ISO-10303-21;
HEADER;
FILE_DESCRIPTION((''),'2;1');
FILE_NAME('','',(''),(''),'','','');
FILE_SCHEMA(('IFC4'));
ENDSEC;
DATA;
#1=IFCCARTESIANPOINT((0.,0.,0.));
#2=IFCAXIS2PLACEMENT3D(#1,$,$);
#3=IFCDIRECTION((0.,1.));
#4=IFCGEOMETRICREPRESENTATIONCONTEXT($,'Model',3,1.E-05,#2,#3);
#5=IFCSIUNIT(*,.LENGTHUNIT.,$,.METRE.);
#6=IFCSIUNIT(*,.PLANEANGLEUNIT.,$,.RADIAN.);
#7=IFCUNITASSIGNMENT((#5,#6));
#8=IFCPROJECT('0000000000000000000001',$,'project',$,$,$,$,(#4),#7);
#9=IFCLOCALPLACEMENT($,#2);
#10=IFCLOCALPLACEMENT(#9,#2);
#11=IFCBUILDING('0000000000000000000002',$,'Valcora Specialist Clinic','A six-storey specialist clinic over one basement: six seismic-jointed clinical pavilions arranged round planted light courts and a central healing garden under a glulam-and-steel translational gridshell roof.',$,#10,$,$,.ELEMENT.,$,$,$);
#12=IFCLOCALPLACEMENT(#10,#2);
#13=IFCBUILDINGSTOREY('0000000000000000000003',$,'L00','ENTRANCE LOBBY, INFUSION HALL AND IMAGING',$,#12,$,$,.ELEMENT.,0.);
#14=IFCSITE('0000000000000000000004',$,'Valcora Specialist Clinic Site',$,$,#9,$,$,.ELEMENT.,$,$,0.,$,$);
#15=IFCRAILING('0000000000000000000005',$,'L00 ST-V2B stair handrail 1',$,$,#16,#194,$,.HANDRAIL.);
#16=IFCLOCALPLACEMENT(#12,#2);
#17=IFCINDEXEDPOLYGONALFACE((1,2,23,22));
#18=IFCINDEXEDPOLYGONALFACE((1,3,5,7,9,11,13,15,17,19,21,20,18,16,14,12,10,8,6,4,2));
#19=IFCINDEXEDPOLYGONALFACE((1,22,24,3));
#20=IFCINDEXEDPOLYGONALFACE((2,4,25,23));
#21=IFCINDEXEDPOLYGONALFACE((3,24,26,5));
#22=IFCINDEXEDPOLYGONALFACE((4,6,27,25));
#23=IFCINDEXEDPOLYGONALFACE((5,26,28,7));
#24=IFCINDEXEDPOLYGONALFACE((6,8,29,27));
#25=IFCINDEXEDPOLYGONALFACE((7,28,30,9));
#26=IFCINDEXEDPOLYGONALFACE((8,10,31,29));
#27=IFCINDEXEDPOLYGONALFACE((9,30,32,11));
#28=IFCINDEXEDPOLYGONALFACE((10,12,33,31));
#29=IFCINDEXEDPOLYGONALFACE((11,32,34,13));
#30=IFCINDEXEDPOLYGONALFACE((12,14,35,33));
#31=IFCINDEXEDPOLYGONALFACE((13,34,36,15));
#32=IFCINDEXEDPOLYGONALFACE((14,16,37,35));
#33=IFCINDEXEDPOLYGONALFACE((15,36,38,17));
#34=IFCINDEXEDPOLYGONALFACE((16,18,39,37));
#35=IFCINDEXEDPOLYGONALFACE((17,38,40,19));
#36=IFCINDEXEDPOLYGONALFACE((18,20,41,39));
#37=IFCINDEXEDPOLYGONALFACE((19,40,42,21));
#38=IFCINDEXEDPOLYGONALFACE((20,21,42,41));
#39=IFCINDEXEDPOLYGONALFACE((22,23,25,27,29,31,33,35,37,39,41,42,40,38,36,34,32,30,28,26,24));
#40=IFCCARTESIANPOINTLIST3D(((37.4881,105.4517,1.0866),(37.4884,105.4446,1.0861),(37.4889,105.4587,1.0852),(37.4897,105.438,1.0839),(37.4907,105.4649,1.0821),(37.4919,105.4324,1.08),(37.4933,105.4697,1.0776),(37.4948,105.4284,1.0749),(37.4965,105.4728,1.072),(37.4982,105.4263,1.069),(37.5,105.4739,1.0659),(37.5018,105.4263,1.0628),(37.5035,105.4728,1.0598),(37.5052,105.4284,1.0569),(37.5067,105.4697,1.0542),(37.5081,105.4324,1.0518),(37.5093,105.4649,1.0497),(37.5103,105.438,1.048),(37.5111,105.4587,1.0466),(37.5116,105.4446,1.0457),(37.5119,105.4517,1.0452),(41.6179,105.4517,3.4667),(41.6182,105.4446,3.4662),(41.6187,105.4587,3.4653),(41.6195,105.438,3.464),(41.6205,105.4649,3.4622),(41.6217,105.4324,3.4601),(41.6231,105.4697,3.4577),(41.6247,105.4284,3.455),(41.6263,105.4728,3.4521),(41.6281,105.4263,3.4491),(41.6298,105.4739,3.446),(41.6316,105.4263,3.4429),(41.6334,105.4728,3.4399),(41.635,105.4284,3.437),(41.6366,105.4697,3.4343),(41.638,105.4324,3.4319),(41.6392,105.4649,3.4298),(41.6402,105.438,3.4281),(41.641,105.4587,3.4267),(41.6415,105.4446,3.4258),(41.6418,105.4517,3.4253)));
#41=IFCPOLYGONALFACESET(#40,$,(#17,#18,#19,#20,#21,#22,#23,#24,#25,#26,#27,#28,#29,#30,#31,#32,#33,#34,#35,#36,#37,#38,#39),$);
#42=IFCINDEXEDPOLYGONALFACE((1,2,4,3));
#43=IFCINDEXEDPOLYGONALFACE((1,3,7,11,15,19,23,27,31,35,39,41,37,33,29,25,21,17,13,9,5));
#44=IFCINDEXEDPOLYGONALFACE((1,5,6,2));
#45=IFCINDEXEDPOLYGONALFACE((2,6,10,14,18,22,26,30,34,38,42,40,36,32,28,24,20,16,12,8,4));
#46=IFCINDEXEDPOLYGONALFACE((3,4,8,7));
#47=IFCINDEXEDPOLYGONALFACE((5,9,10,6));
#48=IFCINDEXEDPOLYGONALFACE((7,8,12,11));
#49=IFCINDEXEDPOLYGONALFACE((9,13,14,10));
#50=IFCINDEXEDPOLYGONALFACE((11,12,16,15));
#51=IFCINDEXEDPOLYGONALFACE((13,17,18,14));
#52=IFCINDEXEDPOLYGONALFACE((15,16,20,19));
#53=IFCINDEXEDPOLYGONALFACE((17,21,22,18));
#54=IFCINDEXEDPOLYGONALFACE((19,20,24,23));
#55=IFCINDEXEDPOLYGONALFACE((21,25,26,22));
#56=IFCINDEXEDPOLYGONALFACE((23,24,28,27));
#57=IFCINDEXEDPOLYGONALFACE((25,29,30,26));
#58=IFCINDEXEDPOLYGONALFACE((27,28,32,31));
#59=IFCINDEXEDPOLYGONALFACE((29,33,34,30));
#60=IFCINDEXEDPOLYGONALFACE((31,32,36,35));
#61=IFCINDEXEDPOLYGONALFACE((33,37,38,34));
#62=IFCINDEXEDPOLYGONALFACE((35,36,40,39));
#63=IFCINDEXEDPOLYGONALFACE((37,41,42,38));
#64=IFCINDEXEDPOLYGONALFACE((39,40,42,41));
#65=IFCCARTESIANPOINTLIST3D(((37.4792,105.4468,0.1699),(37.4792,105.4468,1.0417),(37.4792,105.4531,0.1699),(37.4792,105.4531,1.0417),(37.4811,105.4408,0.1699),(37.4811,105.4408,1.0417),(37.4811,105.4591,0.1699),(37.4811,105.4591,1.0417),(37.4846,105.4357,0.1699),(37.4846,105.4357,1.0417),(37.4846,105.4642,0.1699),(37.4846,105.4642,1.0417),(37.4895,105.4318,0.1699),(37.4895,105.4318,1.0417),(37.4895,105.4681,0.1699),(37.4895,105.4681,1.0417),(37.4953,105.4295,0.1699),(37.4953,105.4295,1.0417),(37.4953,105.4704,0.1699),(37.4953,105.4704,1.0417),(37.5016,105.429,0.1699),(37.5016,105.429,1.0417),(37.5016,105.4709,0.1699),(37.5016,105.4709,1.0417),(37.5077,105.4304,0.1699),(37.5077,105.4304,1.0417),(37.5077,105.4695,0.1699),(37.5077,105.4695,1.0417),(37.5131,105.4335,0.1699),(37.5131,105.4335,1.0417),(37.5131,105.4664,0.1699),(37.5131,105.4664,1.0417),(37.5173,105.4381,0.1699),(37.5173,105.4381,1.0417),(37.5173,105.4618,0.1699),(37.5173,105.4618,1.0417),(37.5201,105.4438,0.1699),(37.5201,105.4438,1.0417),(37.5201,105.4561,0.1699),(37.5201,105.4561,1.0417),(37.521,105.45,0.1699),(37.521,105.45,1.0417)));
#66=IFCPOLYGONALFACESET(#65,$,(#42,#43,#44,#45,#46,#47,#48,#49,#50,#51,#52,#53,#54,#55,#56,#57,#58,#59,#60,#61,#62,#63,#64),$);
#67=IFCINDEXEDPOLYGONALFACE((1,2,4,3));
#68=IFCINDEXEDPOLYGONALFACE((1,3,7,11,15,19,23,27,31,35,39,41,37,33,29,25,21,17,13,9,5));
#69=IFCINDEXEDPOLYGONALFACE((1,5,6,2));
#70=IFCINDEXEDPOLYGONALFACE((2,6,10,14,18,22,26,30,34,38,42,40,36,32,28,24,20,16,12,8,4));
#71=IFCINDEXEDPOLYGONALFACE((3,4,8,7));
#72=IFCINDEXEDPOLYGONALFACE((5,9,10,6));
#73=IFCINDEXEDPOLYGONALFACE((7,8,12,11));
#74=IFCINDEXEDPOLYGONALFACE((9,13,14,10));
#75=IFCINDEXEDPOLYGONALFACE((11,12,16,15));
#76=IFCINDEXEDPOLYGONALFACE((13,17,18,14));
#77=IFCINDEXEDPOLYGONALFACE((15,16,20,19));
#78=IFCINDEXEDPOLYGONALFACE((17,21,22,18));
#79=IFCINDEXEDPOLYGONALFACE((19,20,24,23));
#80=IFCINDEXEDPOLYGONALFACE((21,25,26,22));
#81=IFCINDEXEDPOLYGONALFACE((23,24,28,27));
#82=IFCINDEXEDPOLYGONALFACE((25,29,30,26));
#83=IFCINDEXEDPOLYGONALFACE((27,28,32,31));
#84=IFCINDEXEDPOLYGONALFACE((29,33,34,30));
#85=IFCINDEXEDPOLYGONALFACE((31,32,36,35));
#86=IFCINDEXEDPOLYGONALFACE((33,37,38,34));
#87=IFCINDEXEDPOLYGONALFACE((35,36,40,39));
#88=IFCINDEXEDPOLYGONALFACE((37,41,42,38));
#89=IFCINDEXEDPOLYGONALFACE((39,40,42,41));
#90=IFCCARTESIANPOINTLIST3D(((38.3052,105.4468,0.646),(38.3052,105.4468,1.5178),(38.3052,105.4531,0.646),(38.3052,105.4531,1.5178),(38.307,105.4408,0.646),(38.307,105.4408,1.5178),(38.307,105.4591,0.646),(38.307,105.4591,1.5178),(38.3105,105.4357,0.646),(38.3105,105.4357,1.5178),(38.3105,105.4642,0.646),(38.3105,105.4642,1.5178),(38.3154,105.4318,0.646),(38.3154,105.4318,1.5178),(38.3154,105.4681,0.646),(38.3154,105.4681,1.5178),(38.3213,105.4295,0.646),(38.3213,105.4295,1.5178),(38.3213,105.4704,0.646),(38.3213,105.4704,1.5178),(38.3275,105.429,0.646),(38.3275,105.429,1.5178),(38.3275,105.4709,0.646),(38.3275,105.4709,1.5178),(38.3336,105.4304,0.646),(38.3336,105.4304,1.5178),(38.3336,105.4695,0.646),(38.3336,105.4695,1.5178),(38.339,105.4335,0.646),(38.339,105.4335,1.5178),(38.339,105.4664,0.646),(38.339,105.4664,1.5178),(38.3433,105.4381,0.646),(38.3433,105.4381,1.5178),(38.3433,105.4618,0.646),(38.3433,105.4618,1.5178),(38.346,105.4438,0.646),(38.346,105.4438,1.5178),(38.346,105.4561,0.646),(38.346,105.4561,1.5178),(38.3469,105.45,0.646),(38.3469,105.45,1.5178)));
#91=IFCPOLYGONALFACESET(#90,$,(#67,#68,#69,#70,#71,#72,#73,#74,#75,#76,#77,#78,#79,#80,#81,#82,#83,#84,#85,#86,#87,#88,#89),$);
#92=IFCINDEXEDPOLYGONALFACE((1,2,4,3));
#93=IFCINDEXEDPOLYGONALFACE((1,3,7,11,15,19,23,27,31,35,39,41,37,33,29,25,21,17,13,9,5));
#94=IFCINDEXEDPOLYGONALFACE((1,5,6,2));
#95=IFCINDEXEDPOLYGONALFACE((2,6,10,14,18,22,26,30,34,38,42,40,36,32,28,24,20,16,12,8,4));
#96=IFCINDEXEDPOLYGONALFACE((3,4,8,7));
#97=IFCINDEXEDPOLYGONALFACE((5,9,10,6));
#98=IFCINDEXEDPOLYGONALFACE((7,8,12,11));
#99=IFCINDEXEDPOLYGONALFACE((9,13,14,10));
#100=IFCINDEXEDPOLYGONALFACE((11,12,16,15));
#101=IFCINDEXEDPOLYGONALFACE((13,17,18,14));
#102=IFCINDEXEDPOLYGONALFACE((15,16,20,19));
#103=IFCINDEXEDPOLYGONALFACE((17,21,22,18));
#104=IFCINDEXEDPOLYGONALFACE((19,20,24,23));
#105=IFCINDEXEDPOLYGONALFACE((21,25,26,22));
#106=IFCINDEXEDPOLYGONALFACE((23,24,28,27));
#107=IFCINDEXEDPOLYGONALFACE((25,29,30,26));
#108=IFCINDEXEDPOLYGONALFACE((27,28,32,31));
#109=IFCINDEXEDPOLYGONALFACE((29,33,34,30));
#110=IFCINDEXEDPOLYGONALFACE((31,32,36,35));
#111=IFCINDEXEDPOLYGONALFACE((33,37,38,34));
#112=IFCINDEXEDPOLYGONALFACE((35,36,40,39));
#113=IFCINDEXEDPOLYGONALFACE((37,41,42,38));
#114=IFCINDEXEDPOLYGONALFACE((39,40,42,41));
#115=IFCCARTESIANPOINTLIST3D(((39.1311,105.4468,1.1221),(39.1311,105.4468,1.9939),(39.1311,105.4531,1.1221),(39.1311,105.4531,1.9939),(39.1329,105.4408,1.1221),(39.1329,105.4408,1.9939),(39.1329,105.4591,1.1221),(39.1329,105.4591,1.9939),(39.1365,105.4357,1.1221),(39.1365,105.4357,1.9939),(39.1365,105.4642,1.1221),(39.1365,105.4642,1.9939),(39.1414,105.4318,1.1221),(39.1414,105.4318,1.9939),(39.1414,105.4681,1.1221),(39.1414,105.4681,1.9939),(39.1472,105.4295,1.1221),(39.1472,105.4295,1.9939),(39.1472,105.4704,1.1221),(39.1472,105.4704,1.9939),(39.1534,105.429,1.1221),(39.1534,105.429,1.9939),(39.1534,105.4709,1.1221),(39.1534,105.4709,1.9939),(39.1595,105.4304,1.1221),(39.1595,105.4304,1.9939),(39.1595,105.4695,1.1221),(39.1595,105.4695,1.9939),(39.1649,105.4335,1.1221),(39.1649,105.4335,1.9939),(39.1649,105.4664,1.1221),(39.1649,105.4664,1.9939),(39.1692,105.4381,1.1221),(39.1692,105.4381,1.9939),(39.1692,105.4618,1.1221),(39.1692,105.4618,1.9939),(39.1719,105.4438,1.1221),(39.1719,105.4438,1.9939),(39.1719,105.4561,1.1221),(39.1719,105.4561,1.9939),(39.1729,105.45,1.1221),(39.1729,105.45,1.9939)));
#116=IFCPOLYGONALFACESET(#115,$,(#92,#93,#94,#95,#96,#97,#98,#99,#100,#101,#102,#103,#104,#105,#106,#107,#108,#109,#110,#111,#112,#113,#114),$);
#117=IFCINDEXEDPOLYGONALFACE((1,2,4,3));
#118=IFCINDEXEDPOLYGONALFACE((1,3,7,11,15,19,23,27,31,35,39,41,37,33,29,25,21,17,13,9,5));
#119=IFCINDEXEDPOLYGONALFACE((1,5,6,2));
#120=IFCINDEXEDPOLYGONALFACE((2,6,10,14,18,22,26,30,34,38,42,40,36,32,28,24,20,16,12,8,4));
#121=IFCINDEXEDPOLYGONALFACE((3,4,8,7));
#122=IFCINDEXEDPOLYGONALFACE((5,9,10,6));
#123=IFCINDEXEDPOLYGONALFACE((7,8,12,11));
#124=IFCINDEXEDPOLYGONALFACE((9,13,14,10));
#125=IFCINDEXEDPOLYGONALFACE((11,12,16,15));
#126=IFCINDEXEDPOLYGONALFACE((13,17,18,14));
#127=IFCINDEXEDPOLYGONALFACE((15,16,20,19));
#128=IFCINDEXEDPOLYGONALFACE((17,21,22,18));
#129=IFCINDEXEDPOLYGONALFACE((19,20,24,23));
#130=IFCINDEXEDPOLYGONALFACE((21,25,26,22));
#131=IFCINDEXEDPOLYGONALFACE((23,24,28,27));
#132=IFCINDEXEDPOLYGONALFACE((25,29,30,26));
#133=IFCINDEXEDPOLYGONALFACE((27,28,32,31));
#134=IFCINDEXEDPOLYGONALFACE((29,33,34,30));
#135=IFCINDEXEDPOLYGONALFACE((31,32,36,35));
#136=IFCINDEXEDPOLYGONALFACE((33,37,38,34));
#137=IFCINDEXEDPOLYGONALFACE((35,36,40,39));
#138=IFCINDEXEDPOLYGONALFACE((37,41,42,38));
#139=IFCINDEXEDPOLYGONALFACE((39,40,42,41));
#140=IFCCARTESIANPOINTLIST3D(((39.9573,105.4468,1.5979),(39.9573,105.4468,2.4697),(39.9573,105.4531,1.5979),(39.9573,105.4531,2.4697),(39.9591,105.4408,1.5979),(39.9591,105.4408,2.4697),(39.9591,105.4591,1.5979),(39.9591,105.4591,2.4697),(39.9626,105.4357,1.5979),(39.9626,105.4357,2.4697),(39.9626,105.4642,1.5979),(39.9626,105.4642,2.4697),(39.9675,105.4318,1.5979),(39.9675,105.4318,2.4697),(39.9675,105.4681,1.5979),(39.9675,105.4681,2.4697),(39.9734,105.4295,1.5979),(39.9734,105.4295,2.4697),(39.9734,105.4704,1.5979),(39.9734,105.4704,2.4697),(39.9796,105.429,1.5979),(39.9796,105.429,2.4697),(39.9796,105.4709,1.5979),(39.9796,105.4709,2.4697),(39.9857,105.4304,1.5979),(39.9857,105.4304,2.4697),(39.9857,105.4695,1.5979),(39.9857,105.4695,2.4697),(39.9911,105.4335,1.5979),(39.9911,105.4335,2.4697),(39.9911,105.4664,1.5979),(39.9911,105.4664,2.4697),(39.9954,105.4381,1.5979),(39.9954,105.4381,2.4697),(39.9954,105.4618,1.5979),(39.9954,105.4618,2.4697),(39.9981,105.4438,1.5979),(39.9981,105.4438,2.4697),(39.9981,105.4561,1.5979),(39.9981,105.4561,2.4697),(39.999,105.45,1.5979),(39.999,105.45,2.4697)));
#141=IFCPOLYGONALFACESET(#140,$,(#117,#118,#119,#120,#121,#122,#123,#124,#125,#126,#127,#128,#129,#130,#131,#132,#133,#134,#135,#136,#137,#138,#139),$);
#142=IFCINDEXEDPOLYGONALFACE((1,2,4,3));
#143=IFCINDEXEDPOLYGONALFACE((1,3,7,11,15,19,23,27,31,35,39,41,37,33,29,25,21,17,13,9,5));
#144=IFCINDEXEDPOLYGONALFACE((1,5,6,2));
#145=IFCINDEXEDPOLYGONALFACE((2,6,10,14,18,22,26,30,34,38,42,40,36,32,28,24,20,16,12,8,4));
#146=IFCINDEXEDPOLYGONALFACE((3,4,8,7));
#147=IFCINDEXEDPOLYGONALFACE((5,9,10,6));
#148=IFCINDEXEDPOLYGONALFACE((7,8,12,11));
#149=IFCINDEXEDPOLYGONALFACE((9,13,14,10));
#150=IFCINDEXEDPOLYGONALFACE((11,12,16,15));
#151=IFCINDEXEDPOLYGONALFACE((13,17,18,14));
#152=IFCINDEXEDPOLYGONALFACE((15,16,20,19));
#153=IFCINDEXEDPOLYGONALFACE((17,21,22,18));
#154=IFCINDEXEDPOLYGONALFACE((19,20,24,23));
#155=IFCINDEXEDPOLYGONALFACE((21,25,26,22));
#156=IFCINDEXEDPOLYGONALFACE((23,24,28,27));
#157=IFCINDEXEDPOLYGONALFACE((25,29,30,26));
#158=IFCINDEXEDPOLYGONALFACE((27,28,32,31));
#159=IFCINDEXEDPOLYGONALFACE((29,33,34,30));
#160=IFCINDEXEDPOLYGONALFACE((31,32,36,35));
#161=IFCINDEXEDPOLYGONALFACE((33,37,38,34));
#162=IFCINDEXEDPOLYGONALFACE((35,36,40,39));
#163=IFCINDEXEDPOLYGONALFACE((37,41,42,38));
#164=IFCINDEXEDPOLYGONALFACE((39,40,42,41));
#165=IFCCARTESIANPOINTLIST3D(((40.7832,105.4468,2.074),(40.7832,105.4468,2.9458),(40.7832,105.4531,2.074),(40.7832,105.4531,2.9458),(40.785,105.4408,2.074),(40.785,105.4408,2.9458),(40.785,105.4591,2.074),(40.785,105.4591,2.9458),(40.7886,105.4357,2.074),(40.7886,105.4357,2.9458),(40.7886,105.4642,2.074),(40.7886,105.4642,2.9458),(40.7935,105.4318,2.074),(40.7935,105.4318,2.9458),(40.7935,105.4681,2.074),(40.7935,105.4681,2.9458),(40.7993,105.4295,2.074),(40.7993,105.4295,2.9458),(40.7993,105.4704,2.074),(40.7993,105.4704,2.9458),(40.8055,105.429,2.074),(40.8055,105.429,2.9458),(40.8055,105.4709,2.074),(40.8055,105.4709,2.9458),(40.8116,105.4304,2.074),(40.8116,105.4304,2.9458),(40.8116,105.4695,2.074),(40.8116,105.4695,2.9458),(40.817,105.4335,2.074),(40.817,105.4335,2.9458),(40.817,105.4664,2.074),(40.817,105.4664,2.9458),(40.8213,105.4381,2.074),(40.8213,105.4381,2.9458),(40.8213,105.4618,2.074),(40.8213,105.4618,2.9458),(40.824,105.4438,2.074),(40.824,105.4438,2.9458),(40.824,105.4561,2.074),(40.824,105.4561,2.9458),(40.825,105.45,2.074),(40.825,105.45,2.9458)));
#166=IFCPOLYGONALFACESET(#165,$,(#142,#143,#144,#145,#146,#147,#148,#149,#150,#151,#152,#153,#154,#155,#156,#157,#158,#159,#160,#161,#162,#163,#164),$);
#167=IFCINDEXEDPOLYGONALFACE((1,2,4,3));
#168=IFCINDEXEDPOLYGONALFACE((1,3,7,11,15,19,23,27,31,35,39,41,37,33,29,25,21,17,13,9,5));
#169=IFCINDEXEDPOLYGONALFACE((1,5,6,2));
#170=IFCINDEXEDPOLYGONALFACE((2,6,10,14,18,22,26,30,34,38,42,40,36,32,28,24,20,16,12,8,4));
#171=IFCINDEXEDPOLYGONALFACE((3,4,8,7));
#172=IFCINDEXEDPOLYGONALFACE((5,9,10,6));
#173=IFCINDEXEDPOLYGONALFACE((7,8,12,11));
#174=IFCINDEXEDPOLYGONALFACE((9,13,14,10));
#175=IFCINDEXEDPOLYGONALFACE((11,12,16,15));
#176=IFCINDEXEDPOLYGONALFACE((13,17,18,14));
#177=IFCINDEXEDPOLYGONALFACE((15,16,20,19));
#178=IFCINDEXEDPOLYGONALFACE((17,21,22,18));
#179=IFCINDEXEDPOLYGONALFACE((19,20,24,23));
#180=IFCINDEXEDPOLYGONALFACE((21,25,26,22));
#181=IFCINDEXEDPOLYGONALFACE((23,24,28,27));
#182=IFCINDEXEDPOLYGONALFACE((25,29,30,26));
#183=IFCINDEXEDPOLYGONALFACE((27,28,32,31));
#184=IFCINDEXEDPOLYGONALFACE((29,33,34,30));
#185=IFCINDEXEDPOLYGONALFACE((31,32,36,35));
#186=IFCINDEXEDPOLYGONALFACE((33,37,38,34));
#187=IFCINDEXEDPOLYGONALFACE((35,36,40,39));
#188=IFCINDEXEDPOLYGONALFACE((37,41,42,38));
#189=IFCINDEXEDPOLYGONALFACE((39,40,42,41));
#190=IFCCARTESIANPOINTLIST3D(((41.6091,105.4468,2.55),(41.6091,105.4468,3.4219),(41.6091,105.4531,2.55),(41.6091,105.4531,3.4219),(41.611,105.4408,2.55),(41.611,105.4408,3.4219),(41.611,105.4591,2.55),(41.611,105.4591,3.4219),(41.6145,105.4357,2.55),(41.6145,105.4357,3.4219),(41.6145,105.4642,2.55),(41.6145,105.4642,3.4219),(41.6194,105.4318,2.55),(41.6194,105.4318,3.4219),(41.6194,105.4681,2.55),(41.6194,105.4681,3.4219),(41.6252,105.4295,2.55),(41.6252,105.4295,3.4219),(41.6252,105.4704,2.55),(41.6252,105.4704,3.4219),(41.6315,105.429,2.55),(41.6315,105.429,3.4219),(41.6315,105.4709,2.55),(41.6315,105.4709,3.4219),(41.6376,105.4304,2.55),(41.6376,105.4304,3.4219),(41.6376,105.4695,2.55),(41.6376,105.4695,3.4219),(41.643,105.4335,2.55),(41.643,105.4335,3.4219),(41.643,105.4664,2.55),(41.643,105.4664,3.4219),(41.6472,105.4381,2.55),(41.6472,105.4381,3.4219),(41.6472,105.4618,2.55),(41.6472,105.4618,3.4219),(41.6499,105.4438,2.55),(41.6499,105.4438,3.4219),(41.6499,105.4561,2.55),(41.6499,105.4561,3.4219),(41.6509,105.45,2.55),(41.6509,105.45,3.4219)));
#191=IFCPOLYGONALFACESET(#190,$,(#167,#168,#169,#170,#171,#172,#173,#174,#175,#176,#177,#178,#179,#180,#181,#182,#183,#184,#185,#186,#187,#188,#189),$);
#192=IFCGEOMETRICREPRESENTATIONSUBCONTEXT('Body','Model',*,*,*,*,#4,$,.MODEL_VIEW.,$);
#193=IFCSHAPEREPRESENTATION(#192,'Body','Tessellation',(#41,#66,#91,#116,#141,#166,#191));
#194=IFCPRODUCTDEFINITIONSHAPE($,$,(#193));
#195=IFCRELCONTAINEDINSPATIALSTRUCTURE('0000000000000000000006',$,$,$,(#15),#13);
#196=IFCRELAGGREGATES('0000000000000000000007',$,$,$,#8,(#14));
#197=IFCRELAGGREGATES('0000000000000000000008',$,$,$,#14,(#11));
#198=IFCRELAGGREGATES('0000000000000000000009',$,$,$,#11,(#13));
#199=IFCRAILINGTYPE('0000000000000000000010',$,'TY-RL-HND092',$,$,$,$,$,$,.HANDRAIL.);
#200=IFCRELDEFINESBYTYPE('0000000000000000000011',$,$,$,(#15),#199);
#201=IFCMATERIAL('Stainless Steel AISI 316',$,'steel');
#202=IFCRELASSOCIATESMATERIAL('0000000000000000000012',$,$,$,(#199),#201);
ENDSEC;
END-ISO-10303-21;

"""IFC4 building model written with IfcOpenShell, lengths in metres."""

from ifc_helpers import new_model, si_unit, direction, frame, origin, origin_2d, place, context, subcontext, project, spatial, circle, extrude, material, type_object, element, save


model = new_model("IFC4")

# Units and contexts
model_context = context("Model", 3, precision=1e-05, world=origin(), true_north=direction((0.0, 1.0)))
body_context = subcontext(model_context, "Body", "Model", "MODEL_VIEW")
ifc_project = project(units=[si_unit("LENGTHUNIT", "METRE"), si_unit("PLANEANGLEUNIT", "RADIAN")], contexts=[model_context])

# Site, building, storey
site_placement = place(None, origin())
site = spatial("IfcSite", under=ifc_project, at=site_placement, Name="Valcora Specialist Clinic Site", CompositionType="ELEMENT", RefElevation=0.0)
building_placement = place(site_placement, origin())
building = spatial("IfcBuilding", under=site, at=building_placement, Name="Valcora Specialist Clinic", Description="A six-storey specialist clinic over one basement: six seismic-jointed clinical pavilions arranged round planted light courts and a central healing garden under a glulam-and-steel translational gridshell roof.", CompositionType="ELEMENT")
storey_placement = place(building_placement, origin())
storey = spatial("IfcBuildingStorey", under=building, at=storey_placement, Name="L00", Description="ENTRANCE LOBBY, INFUSION HALL AND IMAGING", CompositionType="ELEMENT", Elevation=0.0)

# Railing
ifc_material_1 = material(Name="Stainless Steel AISI 316", Category="steel")
railing_type_1 = type_object("IfcRailingType", Name="TY-RL-HND092", PredefinedType="HANDRAIL", material=ifc_material_1)
railing_1_placement = place(storey_placement, frame((37.5, 105.45, 0.1699)))
element("IfcRailing", 1, at=railing_1_placement, inside=storey, type_object=railing_type_1, Name="L00 ST-V2B stair handrail 1", PredefinedType="HANDRAIL", context=body_context, shape_type="SweptSolid", body=[
    extrude(circle(Radius=0.0239, at=origin_2d()), frame((0.0, 0.0, 0.896), z_axis=(0.866412, 0.0, 0.499329), x_axis=(0.0, 1.0, 0.0)), (0.0, 0.0, 1.0), 4.7666),
    extrude(circle(Radius=0.021, at=origin_2d()), origin(), (0.0, 0.0, 1.0), 0.8718),
    extrude(circle(Radius=0.021, at=origin_2d()), frame((0.8259, 0.0, 0.4761)), (0.0, 0.0, 1.0), 0.8718),
    extrude(circle(Radius=0.021, at=origin_2d()), frame((1.6519, 0.0, 0.9521)), (0.0, 0.0, 1.0), 0.8718),
    extrude(circle(Radius=0.021, at=origin_2d()), frame((2.478, 0.0, 1.428)), (0.0, 0.0, 1.0), 0.8718),
    extrude(circle(Radius=0.021, at=origin_2d()), frame((3.304, 0.0, 1.9041)), (0.0, 0.0, 1.0), 0.8718),
    extrude(circle(Radius=0.021, at=origin_2d()), frame((4.1299, 0.0, 2.3801)), (0.0, 0.0, 1.0), 0.8718),
])

save(model, "model.ifc")
